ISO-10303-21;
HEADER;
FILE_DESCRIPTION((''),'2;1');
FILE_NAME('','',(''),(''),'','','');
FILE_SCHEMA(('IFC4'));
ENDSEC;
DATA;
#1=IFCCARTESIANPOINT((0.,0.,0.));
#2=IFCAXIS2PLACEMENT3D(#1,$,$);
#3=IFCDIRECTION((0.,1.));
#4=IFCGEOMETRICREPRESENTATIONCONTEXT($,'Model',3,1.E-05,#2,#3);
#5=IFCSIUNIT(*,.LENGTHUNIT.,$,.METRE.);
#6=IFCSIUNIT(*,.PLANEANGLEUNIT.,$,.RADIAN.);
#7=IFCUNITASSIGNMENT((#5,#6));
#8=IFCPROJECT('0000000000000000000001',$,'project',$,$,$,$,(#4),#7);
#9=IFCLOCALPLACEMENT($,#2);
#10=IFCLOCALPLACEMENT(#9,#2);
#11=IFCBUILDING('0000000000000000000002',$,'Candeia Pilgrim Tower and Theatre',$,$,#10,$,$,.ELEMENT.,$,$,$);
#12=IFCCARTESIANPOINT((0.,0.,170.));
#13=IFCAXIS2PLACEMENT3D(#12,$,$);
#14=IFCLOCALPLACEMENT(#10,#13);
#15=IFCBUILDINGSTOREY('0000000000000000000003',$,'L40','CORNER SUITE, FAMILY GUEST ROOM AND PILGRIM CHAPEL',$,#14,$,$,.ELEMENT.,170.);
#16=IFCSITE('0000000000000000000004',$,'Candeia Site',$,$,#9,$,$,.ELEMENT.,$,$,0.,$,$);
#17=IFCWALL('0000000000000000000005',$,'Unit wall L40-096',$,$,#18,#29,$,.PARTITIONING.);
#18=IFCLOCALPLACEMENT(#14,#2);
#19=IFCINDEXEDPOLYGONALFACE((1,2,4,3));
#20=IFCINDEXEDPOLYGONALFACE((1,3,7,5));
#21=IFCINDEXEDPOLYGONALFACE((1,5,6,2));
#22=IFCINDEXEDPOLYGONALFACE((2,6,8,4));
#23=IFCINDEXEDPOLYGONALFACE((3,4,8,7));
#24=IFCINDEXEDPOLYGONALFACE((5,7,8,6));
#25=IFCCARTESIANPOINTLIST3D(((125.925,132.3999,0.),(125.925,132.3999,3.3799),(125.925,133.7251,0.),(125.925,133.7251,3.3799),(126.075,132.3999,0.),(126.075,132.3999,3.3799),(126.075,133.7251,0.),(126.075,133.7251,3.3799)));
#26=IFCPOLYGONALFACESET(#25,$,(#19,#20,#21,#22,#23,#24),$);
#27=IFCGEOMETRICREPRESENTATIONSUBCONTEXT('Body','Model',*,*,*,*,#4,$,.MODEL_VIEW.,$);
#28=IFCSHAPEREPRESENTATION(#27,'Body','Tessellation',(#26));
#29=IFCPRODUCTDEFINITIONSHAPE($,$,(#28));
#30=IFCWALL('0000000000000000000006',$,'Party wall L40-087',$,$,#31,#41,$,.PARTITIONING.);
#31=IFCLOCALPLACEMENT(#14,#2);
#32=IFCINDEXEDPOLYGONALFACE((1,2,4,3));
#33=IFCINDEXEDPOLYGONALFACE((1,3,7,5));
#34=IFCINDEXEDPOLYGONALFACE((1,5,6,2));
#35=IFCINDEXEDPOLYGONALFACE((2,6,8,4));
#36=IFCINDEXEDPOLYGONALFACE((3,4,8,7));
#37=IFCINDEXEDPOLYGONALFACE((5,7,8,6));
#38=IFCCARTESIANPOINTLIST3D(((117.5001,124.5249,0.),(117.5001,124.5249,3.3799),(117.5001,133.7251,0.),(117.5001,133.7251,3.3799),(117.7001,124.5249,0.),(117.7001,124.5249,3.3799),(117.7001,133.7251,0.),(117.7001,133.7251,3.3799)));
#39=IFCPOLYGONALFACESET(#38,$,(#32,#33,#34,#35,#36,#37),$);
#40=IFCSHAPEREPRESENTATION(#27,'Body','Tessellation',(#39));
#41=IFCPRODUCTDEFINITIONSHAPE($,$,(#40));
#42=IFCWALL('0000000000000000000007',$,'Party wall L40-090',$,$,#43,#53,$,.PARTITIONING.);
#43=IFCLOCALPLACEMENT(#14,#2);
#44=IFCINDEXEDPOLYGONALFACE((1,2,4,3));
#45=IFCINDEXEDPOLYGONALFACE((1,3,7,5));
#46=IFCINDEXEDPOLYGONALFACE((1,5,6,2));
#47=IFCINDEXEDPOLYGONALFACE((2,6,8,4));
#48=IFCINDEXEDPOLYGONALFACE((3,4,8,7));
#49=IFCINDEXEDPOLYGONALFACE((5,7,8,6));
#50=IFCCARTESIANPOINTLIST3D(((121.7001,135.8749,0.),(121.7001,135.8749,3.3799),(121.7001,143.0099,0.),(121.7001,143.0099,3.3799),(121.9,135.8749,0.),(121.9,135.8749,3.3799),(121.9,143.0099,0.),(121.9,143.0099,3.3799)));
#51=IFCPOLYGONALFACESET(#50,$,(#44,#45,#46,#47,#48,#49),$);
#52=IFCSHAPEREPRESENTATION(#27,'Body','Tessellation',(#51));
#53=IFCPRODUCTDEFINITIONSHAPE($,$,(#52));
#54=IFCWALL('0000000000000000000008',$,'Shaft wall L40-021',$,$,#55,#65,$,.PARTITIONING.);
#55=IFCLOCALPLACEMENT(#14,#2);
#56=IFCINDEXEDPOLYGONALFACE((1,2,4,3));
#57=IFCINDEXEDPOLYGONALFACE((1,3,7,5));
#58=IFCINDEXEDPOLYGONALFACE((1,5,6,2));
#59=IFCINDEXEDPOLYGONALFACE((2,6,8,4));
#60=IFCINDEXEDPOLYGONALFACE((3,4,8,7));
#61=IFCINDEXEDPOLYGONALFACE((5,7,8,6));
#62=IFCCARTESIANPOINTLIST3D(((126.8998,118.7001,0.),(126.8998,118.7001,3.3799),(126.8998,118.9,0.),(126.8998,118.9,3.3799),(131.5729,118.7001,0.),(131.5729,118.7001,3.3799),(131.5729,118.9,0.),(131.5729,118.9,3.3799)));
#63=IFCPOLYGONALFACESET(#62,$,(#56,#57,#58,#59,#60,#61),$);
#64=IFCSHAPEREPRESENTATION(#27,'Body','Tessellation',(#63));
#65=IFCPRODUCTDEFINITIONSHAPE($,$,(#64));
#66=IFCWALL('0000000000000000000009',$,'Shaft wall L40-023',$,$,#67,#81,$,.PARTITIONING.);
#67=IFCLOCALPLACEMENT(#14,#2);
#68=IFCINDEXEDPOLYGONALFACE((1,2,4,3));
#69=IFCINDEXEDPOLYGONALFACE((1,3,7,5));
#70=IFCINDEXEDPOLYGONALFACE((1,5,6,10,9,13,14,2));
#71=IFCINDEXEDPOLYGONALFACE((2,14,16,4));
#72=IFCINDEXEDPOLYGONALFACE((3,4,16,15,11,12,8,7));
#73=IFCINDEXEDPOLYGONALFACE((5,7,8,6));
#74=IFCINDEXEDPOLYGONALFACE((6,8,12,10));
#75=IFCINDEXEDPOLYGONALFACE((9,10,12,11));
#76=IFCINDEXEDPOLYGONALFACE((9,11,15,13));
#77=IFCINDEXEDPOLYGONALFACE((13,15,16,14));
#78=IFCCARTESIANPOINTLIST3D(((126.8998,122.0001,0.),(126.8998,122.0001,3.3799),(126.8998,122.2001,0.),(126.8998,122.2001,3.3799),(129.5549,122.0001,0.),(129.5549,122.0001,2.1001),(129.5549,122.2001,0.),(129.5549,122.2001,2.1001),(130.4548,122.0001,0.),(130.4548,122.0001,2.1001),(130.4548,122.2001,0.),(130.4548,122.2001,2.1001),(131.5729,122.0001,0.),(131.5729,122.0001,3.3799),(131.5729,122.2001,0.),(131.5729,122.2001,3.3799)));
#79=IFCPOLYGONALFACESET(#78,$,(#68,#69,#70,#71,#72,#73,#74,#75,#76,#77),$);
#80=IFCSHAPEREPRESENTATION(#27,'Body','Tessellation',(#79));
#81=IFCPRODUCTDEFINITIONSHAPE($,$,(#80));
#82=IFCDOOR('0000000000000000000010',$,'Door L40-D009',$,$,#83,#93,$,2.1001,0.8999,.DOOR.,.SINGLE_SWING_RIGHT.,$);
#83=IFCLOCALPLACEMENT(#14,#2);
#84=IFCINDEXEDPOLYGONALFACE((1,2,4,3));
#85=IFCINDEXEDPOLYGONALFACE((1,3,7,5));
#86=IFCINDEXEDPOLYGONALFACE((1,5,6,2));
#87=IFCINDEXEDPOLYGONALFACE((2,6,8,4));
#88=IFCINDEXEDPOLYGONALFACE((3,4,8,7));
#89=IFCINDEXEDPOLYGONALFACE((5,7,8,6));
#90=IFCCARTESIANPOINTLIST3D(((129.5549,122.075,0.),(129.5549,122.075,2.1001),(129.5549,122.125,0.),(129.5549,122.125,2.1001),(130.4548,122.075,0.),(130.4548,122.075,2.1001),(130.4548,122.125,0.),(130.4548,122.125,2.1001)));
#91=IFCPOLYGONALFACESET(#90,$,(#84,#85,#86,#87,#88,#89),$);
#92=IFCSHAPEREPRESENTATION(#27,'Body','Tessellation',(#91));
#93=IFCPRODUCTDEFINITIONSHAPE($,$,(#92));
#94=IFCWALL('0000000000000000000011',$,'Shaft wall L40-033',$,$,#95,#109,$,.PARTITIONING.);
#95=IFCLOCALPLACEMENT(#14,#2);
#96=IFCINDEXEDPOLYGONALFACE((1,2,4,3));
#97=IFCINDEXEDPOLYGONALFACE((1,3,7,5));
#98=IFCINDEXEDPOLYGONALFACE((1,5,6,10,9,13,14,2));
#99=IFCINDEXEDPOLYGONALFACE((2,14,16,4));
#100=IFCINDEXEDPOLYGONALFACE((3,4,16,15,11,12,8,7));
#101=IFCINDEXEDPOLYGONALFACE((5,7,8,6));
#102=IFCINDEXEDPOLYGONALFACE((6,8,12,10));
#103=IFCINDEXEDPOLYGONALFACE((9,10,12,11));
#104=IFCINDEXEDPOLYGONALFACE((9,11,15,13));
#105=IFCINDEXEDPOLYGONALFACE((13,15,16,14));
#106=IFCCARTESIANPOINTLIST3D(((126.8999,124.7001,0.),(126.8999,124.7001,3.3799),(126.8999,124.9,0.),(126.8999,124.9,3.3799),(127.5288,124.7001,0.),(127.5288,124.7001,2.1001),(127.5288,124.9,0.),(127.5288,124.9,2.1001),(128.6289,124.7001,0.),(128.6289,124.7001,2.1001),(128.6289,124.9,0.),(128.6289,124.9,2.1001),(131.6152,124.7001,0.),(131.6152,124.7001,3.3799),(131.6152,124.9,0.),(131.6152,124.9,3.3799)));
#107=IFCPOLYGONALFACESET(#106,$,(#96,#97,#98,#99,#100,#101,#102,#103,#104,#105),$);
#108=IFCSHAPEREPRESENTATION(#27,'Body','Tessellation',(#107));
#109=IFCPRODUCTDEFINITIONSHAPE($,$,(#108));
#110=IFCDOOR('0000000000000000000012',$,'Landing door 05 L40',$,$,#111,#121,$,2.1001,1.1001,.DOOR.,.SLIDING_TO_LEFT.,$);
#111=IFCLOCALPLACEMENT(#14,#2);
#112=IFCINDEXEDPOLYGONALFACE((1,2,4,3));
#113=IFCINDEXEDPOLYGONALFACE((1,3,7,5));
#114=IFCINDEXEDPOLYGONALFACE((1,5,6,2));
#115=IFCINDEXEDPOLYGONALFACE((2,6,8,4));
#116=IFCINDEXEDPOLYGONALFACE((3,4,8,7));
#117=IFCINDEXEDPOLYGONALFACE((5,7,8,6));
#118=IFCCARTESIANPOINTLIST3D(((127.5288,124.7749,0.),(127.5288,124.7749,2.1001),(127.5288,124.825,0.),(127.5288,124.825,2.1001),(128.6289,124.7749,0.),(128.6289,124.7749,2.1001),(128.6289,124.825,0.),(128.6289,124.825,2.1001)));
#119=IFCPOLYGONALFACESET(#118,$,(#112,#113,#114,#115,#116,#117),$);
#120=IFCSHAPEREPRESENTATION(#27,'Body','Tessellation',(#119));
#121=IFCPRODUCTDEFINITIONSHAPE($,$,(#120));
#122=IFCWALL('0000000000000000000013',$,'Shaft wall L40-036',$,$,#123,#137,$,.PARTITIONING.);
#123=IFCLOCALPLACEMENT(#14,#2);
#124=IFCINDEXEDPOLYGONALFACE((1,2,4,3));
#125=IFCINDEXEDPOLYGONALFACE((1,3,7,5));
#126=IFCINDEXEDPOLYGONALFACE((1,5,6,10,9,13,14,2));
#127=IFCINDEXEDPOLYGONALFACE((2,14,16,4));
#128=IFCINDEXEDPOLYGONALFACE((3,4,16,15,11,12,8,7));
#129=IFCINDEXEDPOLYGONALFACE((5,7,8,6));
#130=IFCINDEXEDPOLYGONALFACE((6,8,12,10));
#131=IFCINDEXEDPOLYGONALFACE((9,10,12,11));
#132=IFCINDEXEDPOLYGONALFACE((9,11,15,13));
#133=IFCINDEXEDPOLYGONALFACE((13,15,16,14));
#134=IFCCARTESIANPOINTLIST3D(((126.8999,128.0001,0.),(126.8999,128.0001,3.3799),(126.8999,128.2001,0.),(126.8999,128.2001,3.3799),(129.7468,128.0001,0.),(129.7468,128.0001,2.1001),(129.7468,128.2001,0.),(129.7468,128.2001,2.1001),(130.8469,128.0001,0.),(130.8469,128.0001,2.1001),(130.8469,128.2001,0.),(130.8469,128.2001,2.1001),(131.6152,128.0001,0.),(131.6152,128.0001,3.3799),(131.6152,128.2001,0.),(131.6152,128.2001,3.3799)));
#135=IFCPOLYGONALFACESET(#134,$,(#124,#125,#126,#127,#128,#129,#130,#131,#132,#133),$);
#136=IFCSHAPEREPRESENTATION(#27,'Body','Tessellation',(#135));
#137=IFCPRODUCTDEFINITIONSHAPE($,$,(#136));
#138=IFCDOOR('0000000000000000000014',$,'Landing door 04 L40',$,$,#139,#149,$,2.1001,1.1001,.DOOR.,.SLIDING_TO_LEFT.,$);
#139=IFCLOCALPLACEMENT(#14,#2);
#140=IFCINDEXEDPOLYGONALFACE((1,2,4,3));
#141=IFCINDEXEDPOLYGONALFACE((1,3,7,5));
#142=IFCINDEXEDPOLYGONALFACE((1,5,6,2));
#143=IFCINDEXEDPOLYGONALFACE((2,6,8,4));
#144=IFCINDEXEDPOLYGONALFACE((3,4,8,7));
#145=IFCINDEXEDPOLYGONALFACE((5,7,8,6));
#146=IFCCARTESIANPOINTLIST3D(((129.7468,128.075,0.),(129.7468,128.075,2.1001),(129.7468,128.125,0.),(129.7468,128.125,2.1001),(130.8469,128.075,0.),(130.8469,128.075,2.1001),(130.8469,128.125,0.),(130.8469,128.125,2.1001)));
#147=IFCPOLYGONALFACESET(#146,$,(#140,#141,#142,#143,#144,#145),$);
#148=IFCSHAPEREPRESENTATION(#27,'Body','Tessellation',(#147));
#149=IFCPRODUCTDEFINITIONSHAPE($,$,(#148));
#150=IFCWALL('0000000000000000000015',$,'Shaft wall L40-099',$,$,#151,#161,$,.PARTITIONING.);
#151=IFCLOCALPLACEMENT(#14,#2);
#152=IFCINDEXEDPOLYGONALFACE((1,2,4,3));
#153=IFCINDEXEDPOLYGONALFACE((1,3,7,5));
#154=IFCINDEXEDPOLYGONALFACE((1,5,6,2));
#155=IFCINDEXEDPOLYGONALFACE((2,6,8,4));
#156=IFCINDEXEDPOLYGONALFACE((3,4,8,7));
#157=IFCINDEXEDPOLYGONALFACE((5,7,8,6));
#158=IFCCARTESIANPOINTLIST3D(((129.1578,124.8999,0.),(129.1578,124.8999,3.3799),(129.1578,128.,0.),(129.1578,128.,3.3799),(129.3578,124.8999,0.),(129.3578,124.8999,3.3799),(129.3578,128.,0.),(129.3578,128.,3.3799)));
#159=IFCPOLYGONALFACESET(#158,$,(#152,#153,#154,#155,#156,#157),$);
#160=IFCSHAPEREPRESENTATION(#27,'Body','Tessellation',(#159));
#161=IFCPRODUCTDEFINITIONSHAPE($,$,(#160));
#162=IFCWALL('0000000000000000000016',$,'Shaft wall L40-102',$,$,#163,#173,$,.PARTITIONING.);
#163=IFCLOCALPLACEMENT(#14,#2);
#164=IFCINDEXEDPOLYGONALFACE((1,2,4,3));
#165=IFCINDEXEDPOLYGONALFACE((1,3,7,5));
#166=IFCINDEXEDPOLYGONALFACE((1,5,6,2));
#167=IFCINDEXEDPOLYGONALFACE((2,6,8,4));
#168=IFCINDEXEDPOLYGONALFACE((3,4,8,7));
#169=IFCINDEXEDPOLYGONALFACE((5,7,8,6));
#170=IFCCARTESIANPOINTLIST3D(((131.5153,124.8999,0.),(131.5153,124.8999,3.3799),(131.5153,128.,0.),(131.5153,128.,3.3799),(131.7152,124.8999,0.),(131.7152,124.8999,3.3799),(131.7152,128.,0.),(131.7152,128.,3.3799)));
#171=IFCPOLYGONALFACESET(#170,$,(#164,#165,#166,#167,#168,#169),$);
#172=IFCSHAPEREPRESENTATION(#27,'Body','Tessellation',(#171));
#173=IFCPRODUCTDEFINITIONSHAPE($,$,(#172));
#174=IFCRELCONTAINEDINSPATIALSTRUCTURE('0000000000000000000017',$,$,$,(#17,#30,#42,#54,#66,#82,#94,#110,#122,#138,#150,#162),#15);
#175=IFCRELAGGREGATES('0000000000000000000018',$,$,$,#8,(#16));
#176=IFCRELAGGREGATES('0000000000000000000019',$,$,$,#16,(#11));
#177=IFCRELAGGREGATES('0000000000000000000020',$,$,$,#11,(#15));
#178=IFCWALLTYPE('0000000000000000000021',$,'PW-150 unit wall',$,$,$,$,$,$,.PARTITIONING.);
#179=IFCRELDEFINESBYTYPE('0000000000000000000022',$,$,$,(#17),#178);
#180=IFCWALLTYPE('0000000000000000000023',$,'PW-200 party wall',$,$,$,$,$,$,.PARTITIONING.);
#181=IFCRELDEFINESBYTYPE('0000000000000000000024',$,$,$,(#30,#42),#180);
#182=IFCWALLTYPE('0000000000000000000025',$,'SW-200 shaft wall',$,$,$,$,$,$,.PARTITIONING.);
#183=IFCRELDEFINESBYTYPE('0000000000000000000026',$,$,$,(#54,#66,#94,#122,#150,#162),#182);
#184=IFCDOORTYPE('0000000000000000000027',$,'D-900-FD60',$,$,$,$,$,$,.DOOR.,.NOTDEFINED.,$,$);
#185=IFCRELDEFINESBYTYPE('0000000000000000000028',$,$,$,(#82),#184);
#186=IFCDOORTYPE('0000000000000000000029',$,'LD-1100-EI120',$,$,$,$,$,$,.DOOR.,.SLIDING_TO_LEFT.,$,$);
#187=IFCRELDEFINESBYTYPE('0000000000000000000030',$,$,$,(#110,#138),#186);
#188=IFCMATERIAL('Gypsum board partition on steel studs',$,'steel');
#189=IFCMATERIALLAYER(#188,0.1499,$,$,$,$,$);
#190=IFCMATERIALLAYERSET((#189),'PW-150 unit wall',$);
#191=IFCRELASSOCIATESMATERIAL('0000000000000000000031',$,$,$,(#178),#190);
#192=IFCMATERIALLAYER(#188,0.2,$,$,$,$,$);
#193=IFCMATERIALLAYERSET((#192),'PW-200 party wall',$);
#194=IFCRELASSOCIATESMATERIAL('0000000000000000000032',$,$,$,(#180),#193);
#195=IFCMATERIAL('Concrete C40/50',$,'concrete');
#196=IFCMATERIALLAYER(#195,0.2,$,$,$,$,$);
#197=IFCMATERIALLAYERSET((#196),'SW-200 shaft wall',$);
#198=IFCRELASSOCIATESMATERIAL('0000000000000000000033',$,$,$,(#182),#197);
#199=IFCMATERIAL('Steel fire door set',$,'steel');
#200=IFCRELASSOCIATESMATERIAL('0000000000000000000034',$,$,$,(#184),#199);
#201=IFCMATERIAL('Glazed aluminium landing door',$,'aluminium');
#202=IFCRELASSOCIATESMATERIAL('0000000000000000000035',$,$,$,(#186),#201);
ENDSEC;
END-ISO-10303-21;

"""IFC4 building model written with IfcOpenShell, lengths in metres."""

from ifc_helpers import new_model, si_unit, direction, frame, frame_2d, origin, place, context, subcontext, project, spatial, rectangle, extrude, material, layer, layer_set, type_object, element, fill, save


model = new_model("IFC4")

# Units and contexts
model_context = context("Model", 3, precision=1e-05, world=origin(), true_north=direction((0.0, 1.0)))
body_context = subcontext(model_context, "Body", "Model", "MODEL_VIEW")
ifc_project = project(units=[si_unit("LENGTHUNIT", "METRE"), si_unit("PLANEANGLEUNIT", "RADIAN")], contexts=[model_context])

# Site, building, storey
site_placement = place(None, origin())
site = spatial("IfcSite", under=ifc_project, at=site_placement, Name="Candeia Site", CompositionType="ELEMENT", RefElevation=0.0)
building_placement = place(site_placement, origin())
building = spatial("IfcBuilding", under=site, at=building_placement, Name="Candeia Pilgrim Tower and Theatre", CompositionType="ELEMENT")
storey_placement = place(building_placement, frame((0.0, 0.0, 170.0)))
storey = spatial("IfcBuildingStorey", under=building, at=storey_placement, Name="L40", Description="CORNER SUITE, FAMILY GUEST ROOM AND PILGRIM CHAPEL", CompositionType="ELEMENT", Elevation=170.0)

# Shared definitions
ifc_material_1 = material(Name="Steel fire door set", Category="steel")
ifc_material_2 = material(Name="Gypsum board partition on steel studs", Category="steel")

# Walls
ifc_layer_1 = layer(ifc_material_2, 0.1499)
ifc_layer_set_1 = layer_set([ifc_layer_1], Name="PW-150 unit wall")
wall_type_1 = type_object("IfcWallType", Name="PW-150 unit wall", PredefinedType="PARTITIONING", material=ifc_layer_set_1)
wall_1_placement = place(storey_placement, frame((126.0, 132.3999, 0.0), z_axis=(0.0, 0.0, 1.0), x_axis=(0.0, 1.0, 0.0)))
element("IfcWall", 1, at=wall_1_placement, inside=storey, type_object=wall_type_1, Name="Unit wall L40-096", PredefinedType="PARTITIONING", context=body_context, shape_type="SweptSolid", body=[
    extrude(rectangle(XDim=1.3252, YDim=0.1499, at=frame_2d((0.6626, 0.0))), origin(), (0.0, 0.0, 1.0), 3.3799),
])
ifc_layer_2 = layer(ifc_material_2, 0.2)
ifc_layer_set_2 = layer_set([ifc_layer_2], Name="PW-200 party wall")
wall_type_2 = type_object("IfcWallType", Name="PW-200 party wall", PredefinedType="PARTITIONING", material=ifc_layer_set_2)
wall_2_placement = place(storey_placement, frame((117.6001, 124.5249, 0.0), z_axis=(0.0, 0.0, 1.0), x_axis=(0.0, 1.0, 0.0)))
element("IfcWall", 2, at=wall_2_placement, inside=storey, type_object=wall_type_2, Name="Party wall L40-087", PredefinedType="PARTITIONING", context=body_context, shape_type="SweptSolid", body=[
    extrude(rectangle(XDim=9.2002, YDim=0.2, at=frame_2d((4.6001, 0.0))), origin(), (0.0, 0.0, 1.0), 3.3799),
])
wall_3_placement = place(storey_placement, frame((121.8, 135.875, 0.0), z_axis=(0.0, 0.0, 1.0), x_axis=(0.0, 1.0, 0.0)))
element("IfcWall", 3, at=wall_3_placement, inside=storey, type_object=wall_type_2, Name="Party wall L40-090", PredefinedType="PARTITIONING", context=body_context, shape_type="SweptSolid", body=[
    extrude(rectangle(XDim=7.135, YDim=0.2, at=frame_2d((3.5674, 0.0))), origin(), (0.0, 0.0, 1.0), 3.3799),
])
ifc_material_3 = material(Name="Concrete C40/50", Category="concrete")
ifc_layer_3 = layer(ifc_material_3, 0.2)
ifc_layer_set_3 = layer_set([ifc_layer_3], Name="SW-200 shaft wall")
wall_type_3 = type_object("IfcWallType", Name="SW-200 shaft wall", PredefinedType="PARTITIONING", material=ifc_layer_set_3)
wall_4_placement = place(storey_placement, frame((126.8999, 118.8, 0.0), z_axis=(0.0, 0.0, 1.0), x_axis=(1.0, 0.0, 0.0)))
element("IfcWall", 4, at=wall_4_placement, inside=storey, type_object=wall_type_3, Name="Shaft wall L40-021", PredefinedType="PARTITIONING", context=body_context, shape_type="SweptSolid", body=[
    extrude(rectangle(XDim=4.6731, YDim=0.2, at=frame_2d((2.3364, 0.0))), origin(), (0.0, 0.0, 1.0), 3.3799),
])

# Walls, openings, doors
wall_5_placement = place(storey_placement, frame((126.8999, 122.1001, 0.0), z_axis=(0.0, 0.0, 1.0), x_axis=(1.0, 0.0, 0.0)))
wall_5 = element("IfcWall", 5, at=wall_5_placement, inside=storey, type_object=wall_type_3, Name="Shaft wall L40-023", PredefinedType="PARTITIONING", context=body_context, shape_type="SweptSolid", body=[
    extrude(rectangle(XDim=4.6731, YDim=0.2, at=frame_2d((2.3364, 0.0))), origin(), (0.0, 0.0, 1.0), 3.3799),
])
opening_1_placement = place(wall_5_placement, frame((2.655, 0.0, 0.0)))
opening_1 = element("IfcOpeningElement", 6, at=opening_1_placement, cuts=wall_5, PredefinedType="OPENING", context=body_context, shape_type="SweptSolid", body=[
    extrude(rectangle(XDim=0.8999, YDim=2.1001, at=frame_2d((0.45, 1.05))), frame((0.0, 0.1099, 0.0), z_axis=(0.0, -1.0, 0.0), x_axis=(1.0, 0.0, 0.0)), (0.0, 0.0, 1.0), 0.22),
])
door_type_1 = type_object("IfcDoorType", Name="D-900-FD60", OperationType="NOTDEFINED", PredefinedType="DOOR", material=ifc_material_1)
door_1_placement = place(opening_1_placement, origin())
door_1 = element("IfcDoor", 7, at=door_1_placement, inside=storey, type_object=door_type_1, Name="Door L40-D009", OperationType="SINGLE_SWING_RIGHT", OverallHeight=2.1001, OverallWidth=0.8999, PredefinedType="DOOR", context=body_context, shape_type="SweptSolid", body=[
    extrude(rectangle(XDim=0.8999, YDim=2.1001, at=frame_2d((0.45, 1.05))), frame((0.0, 0.0249, 0.0), z_axis=(0.0, -1.0, 0.0), x_axis=(1.0, 0.0, 0.0)), (0.0, 0.0, 1.0), 0.05),
])
fill(opening_1, door_1)
wall_6_placement = place(storey_placement, frame((126.8999, 124.8, 0.0), z_axis=(0.0, 0.0, 1.0), x_axis=(1.0, 0.0, 0.0)))
wall_6 = element("IfcWall", 8, at=wall_6_placement, inside=storey, type_object=wall_type_3, Name="Shaft wall L40-033", PredefinedType="PARTITIONING", context=body_context, shape_type="SweptSolid", body=[
    extrude(rectangle(XDim=4.7153, YDim=0.2, at=frame_2d((2.3577, 0.0))), origin(), (0.0, 0.0, 1.0), 3.3799),
])
opening_2_placement = place(wall_6_placement, frame((0.6289, 0.0, 0.0)))
opening_2 = element("IfcOpeningElement", 9, at=opening_2_placement, cuts=wall_6, PredefinedType="OPENING", context=body_context, shape_type="SweptSolid", body=[
    extrude(rectangle(XDim=1.1001, YDim=2.1001, at=frame_2d((0.55, 1.05))), frame((0.0, 0.1099, 0.0), z_axis=(0.0, -1.0, 0.0), x_axis=(1.0, 0.0, 0.0)), (0.0, 0.0, 1.0), 0.22),
])
ifc_material_4 = material(Name="Glazed aluminium landing door", Category="aluminium")
door_type_2 = type_object("IfcDoorType", Name="LD-1100-EI120", OperationType="SLIDING_TO_LEFT", PredefinedType="DOOR", material=ifc_material_4)
door_2_placement = place(opening_2_placement, origin())
door_2 = element("IfcDoor", 10, at=door_2_placement, inside=storey, type_object=door_type_2, Name="Landing door 05 L40", OperationType="SLIDING_TO_LEFT", OverallHeight=2.1001, OverallWidth=1.1001, PredefinedType="DOOR", context=body_context, shape_type="SweptSolid", body=[
    extrude(rectangle(XDim=1.1001, YDim=2.1001, at=frame_2d((0.55, 1.05))), frame((0.0, 0.0249, 0.0), z_axis=(0.0, -1.0, 0.0), x_axis=(1.0, 0.0, 0.0)), (0.0, 0.0, 1.0), 0.05),
])
fill(opening_2, door_2)
wall_7_placement = place(storey_placement, frame((126.8999, 128.1001, 0.0), z_axis=(0.0, 0.0, 1.0), x_axis=(1.0, 0.0, 0.0)))
wall_7 = element("IfcWall", 11, at=wall_7_placement, inside=storey, type_object=wall_type_3, Name="Shaft wall L40-036", PredefinedType="PARTITIONING", context=body_context, shape_type="SweptSolid", body=[
    extrude(rectangle(XDim=4.7153, YDim=0.2, at=frame_2d((2.3577, 0.0))), origin(), (0.0, 0.0, 1.0), 3.3799),
])
opening_3_placement = place(wall_7_placement, frame((2.8469, 0.0, 0.0)))
opening_3 = element("IfcOpeningElement", 12, at=opening_3_placement, cuts=wall_7, PredefinedType="OPENING", context=body_context, shape_type="SweptSolid", body=[
    extrude(rectangle(XDim=1.1001, YDim=2.1001, at=frame_2d((0.55, 1.05))), frame((0.0, 0.1099, 0.0), z_axis=(0.0, -1.0, 0.0), x_axis=(1.0, 0.0, 0.0)), (0.0, 0.0, 1.0), 0.22),
])
door_3_placement = place(opening_3_placement, origin())
door_3 = element("IfcDoor", 13, at=door_3_placement, inside=storey, type_object=door_type_2, Name="Landing door 04 L40", OperationType="SLIDING_TO_LEFT", OverallHeight=2.1001, OverallWidth=1.1001, PredefinedType="DOOR", context=body_context, shape_type="SweptSolid", body=[
    extrude(rectangle(XDim=1.1001, YDim=2.1001, at=frame_2d((0.55, 1.05))), frame((0.0, 0.0249, 0.0), z_axis=(0.0, -1.0, 0.0), x_axis=(1.0, 0.0, 0.0)), (0.0, 0.0, 1.0), 0.05),
])
fill(opening_3, door_3)

# Walls
for number, where, z_axis, x_axis, name in (
    (14, (129.2578, 124.8999, 0.0), (0.0, 0.0, 1.0), (0.0, 1.0, 0.0), "Shaft wall L40-099"),
    (15, (131.6152, 124.8999, 0.0), (0.0, 0.0, 1.0), (0.0, 1.0, 0.0), "Shaft wall L40-102"),
):
    element("IfcWall", number, at=place(storey_placement, frame(where, z_axis=z_axis, x_axis=x_axis)), inside=storey, type_object=wall_type_3, Name=name, PredefinedType="PARTITIONING", context=body_context, shape_type="SweptSolid", body=[
        extrude(rectangle(XDim=3.1001, YDim=0.2, at=frame_2d((1.55, 0.0))), origin(), (0.0, 0.0, 1.0), 3.3799),
    ])

save(model, "model.ifc")
